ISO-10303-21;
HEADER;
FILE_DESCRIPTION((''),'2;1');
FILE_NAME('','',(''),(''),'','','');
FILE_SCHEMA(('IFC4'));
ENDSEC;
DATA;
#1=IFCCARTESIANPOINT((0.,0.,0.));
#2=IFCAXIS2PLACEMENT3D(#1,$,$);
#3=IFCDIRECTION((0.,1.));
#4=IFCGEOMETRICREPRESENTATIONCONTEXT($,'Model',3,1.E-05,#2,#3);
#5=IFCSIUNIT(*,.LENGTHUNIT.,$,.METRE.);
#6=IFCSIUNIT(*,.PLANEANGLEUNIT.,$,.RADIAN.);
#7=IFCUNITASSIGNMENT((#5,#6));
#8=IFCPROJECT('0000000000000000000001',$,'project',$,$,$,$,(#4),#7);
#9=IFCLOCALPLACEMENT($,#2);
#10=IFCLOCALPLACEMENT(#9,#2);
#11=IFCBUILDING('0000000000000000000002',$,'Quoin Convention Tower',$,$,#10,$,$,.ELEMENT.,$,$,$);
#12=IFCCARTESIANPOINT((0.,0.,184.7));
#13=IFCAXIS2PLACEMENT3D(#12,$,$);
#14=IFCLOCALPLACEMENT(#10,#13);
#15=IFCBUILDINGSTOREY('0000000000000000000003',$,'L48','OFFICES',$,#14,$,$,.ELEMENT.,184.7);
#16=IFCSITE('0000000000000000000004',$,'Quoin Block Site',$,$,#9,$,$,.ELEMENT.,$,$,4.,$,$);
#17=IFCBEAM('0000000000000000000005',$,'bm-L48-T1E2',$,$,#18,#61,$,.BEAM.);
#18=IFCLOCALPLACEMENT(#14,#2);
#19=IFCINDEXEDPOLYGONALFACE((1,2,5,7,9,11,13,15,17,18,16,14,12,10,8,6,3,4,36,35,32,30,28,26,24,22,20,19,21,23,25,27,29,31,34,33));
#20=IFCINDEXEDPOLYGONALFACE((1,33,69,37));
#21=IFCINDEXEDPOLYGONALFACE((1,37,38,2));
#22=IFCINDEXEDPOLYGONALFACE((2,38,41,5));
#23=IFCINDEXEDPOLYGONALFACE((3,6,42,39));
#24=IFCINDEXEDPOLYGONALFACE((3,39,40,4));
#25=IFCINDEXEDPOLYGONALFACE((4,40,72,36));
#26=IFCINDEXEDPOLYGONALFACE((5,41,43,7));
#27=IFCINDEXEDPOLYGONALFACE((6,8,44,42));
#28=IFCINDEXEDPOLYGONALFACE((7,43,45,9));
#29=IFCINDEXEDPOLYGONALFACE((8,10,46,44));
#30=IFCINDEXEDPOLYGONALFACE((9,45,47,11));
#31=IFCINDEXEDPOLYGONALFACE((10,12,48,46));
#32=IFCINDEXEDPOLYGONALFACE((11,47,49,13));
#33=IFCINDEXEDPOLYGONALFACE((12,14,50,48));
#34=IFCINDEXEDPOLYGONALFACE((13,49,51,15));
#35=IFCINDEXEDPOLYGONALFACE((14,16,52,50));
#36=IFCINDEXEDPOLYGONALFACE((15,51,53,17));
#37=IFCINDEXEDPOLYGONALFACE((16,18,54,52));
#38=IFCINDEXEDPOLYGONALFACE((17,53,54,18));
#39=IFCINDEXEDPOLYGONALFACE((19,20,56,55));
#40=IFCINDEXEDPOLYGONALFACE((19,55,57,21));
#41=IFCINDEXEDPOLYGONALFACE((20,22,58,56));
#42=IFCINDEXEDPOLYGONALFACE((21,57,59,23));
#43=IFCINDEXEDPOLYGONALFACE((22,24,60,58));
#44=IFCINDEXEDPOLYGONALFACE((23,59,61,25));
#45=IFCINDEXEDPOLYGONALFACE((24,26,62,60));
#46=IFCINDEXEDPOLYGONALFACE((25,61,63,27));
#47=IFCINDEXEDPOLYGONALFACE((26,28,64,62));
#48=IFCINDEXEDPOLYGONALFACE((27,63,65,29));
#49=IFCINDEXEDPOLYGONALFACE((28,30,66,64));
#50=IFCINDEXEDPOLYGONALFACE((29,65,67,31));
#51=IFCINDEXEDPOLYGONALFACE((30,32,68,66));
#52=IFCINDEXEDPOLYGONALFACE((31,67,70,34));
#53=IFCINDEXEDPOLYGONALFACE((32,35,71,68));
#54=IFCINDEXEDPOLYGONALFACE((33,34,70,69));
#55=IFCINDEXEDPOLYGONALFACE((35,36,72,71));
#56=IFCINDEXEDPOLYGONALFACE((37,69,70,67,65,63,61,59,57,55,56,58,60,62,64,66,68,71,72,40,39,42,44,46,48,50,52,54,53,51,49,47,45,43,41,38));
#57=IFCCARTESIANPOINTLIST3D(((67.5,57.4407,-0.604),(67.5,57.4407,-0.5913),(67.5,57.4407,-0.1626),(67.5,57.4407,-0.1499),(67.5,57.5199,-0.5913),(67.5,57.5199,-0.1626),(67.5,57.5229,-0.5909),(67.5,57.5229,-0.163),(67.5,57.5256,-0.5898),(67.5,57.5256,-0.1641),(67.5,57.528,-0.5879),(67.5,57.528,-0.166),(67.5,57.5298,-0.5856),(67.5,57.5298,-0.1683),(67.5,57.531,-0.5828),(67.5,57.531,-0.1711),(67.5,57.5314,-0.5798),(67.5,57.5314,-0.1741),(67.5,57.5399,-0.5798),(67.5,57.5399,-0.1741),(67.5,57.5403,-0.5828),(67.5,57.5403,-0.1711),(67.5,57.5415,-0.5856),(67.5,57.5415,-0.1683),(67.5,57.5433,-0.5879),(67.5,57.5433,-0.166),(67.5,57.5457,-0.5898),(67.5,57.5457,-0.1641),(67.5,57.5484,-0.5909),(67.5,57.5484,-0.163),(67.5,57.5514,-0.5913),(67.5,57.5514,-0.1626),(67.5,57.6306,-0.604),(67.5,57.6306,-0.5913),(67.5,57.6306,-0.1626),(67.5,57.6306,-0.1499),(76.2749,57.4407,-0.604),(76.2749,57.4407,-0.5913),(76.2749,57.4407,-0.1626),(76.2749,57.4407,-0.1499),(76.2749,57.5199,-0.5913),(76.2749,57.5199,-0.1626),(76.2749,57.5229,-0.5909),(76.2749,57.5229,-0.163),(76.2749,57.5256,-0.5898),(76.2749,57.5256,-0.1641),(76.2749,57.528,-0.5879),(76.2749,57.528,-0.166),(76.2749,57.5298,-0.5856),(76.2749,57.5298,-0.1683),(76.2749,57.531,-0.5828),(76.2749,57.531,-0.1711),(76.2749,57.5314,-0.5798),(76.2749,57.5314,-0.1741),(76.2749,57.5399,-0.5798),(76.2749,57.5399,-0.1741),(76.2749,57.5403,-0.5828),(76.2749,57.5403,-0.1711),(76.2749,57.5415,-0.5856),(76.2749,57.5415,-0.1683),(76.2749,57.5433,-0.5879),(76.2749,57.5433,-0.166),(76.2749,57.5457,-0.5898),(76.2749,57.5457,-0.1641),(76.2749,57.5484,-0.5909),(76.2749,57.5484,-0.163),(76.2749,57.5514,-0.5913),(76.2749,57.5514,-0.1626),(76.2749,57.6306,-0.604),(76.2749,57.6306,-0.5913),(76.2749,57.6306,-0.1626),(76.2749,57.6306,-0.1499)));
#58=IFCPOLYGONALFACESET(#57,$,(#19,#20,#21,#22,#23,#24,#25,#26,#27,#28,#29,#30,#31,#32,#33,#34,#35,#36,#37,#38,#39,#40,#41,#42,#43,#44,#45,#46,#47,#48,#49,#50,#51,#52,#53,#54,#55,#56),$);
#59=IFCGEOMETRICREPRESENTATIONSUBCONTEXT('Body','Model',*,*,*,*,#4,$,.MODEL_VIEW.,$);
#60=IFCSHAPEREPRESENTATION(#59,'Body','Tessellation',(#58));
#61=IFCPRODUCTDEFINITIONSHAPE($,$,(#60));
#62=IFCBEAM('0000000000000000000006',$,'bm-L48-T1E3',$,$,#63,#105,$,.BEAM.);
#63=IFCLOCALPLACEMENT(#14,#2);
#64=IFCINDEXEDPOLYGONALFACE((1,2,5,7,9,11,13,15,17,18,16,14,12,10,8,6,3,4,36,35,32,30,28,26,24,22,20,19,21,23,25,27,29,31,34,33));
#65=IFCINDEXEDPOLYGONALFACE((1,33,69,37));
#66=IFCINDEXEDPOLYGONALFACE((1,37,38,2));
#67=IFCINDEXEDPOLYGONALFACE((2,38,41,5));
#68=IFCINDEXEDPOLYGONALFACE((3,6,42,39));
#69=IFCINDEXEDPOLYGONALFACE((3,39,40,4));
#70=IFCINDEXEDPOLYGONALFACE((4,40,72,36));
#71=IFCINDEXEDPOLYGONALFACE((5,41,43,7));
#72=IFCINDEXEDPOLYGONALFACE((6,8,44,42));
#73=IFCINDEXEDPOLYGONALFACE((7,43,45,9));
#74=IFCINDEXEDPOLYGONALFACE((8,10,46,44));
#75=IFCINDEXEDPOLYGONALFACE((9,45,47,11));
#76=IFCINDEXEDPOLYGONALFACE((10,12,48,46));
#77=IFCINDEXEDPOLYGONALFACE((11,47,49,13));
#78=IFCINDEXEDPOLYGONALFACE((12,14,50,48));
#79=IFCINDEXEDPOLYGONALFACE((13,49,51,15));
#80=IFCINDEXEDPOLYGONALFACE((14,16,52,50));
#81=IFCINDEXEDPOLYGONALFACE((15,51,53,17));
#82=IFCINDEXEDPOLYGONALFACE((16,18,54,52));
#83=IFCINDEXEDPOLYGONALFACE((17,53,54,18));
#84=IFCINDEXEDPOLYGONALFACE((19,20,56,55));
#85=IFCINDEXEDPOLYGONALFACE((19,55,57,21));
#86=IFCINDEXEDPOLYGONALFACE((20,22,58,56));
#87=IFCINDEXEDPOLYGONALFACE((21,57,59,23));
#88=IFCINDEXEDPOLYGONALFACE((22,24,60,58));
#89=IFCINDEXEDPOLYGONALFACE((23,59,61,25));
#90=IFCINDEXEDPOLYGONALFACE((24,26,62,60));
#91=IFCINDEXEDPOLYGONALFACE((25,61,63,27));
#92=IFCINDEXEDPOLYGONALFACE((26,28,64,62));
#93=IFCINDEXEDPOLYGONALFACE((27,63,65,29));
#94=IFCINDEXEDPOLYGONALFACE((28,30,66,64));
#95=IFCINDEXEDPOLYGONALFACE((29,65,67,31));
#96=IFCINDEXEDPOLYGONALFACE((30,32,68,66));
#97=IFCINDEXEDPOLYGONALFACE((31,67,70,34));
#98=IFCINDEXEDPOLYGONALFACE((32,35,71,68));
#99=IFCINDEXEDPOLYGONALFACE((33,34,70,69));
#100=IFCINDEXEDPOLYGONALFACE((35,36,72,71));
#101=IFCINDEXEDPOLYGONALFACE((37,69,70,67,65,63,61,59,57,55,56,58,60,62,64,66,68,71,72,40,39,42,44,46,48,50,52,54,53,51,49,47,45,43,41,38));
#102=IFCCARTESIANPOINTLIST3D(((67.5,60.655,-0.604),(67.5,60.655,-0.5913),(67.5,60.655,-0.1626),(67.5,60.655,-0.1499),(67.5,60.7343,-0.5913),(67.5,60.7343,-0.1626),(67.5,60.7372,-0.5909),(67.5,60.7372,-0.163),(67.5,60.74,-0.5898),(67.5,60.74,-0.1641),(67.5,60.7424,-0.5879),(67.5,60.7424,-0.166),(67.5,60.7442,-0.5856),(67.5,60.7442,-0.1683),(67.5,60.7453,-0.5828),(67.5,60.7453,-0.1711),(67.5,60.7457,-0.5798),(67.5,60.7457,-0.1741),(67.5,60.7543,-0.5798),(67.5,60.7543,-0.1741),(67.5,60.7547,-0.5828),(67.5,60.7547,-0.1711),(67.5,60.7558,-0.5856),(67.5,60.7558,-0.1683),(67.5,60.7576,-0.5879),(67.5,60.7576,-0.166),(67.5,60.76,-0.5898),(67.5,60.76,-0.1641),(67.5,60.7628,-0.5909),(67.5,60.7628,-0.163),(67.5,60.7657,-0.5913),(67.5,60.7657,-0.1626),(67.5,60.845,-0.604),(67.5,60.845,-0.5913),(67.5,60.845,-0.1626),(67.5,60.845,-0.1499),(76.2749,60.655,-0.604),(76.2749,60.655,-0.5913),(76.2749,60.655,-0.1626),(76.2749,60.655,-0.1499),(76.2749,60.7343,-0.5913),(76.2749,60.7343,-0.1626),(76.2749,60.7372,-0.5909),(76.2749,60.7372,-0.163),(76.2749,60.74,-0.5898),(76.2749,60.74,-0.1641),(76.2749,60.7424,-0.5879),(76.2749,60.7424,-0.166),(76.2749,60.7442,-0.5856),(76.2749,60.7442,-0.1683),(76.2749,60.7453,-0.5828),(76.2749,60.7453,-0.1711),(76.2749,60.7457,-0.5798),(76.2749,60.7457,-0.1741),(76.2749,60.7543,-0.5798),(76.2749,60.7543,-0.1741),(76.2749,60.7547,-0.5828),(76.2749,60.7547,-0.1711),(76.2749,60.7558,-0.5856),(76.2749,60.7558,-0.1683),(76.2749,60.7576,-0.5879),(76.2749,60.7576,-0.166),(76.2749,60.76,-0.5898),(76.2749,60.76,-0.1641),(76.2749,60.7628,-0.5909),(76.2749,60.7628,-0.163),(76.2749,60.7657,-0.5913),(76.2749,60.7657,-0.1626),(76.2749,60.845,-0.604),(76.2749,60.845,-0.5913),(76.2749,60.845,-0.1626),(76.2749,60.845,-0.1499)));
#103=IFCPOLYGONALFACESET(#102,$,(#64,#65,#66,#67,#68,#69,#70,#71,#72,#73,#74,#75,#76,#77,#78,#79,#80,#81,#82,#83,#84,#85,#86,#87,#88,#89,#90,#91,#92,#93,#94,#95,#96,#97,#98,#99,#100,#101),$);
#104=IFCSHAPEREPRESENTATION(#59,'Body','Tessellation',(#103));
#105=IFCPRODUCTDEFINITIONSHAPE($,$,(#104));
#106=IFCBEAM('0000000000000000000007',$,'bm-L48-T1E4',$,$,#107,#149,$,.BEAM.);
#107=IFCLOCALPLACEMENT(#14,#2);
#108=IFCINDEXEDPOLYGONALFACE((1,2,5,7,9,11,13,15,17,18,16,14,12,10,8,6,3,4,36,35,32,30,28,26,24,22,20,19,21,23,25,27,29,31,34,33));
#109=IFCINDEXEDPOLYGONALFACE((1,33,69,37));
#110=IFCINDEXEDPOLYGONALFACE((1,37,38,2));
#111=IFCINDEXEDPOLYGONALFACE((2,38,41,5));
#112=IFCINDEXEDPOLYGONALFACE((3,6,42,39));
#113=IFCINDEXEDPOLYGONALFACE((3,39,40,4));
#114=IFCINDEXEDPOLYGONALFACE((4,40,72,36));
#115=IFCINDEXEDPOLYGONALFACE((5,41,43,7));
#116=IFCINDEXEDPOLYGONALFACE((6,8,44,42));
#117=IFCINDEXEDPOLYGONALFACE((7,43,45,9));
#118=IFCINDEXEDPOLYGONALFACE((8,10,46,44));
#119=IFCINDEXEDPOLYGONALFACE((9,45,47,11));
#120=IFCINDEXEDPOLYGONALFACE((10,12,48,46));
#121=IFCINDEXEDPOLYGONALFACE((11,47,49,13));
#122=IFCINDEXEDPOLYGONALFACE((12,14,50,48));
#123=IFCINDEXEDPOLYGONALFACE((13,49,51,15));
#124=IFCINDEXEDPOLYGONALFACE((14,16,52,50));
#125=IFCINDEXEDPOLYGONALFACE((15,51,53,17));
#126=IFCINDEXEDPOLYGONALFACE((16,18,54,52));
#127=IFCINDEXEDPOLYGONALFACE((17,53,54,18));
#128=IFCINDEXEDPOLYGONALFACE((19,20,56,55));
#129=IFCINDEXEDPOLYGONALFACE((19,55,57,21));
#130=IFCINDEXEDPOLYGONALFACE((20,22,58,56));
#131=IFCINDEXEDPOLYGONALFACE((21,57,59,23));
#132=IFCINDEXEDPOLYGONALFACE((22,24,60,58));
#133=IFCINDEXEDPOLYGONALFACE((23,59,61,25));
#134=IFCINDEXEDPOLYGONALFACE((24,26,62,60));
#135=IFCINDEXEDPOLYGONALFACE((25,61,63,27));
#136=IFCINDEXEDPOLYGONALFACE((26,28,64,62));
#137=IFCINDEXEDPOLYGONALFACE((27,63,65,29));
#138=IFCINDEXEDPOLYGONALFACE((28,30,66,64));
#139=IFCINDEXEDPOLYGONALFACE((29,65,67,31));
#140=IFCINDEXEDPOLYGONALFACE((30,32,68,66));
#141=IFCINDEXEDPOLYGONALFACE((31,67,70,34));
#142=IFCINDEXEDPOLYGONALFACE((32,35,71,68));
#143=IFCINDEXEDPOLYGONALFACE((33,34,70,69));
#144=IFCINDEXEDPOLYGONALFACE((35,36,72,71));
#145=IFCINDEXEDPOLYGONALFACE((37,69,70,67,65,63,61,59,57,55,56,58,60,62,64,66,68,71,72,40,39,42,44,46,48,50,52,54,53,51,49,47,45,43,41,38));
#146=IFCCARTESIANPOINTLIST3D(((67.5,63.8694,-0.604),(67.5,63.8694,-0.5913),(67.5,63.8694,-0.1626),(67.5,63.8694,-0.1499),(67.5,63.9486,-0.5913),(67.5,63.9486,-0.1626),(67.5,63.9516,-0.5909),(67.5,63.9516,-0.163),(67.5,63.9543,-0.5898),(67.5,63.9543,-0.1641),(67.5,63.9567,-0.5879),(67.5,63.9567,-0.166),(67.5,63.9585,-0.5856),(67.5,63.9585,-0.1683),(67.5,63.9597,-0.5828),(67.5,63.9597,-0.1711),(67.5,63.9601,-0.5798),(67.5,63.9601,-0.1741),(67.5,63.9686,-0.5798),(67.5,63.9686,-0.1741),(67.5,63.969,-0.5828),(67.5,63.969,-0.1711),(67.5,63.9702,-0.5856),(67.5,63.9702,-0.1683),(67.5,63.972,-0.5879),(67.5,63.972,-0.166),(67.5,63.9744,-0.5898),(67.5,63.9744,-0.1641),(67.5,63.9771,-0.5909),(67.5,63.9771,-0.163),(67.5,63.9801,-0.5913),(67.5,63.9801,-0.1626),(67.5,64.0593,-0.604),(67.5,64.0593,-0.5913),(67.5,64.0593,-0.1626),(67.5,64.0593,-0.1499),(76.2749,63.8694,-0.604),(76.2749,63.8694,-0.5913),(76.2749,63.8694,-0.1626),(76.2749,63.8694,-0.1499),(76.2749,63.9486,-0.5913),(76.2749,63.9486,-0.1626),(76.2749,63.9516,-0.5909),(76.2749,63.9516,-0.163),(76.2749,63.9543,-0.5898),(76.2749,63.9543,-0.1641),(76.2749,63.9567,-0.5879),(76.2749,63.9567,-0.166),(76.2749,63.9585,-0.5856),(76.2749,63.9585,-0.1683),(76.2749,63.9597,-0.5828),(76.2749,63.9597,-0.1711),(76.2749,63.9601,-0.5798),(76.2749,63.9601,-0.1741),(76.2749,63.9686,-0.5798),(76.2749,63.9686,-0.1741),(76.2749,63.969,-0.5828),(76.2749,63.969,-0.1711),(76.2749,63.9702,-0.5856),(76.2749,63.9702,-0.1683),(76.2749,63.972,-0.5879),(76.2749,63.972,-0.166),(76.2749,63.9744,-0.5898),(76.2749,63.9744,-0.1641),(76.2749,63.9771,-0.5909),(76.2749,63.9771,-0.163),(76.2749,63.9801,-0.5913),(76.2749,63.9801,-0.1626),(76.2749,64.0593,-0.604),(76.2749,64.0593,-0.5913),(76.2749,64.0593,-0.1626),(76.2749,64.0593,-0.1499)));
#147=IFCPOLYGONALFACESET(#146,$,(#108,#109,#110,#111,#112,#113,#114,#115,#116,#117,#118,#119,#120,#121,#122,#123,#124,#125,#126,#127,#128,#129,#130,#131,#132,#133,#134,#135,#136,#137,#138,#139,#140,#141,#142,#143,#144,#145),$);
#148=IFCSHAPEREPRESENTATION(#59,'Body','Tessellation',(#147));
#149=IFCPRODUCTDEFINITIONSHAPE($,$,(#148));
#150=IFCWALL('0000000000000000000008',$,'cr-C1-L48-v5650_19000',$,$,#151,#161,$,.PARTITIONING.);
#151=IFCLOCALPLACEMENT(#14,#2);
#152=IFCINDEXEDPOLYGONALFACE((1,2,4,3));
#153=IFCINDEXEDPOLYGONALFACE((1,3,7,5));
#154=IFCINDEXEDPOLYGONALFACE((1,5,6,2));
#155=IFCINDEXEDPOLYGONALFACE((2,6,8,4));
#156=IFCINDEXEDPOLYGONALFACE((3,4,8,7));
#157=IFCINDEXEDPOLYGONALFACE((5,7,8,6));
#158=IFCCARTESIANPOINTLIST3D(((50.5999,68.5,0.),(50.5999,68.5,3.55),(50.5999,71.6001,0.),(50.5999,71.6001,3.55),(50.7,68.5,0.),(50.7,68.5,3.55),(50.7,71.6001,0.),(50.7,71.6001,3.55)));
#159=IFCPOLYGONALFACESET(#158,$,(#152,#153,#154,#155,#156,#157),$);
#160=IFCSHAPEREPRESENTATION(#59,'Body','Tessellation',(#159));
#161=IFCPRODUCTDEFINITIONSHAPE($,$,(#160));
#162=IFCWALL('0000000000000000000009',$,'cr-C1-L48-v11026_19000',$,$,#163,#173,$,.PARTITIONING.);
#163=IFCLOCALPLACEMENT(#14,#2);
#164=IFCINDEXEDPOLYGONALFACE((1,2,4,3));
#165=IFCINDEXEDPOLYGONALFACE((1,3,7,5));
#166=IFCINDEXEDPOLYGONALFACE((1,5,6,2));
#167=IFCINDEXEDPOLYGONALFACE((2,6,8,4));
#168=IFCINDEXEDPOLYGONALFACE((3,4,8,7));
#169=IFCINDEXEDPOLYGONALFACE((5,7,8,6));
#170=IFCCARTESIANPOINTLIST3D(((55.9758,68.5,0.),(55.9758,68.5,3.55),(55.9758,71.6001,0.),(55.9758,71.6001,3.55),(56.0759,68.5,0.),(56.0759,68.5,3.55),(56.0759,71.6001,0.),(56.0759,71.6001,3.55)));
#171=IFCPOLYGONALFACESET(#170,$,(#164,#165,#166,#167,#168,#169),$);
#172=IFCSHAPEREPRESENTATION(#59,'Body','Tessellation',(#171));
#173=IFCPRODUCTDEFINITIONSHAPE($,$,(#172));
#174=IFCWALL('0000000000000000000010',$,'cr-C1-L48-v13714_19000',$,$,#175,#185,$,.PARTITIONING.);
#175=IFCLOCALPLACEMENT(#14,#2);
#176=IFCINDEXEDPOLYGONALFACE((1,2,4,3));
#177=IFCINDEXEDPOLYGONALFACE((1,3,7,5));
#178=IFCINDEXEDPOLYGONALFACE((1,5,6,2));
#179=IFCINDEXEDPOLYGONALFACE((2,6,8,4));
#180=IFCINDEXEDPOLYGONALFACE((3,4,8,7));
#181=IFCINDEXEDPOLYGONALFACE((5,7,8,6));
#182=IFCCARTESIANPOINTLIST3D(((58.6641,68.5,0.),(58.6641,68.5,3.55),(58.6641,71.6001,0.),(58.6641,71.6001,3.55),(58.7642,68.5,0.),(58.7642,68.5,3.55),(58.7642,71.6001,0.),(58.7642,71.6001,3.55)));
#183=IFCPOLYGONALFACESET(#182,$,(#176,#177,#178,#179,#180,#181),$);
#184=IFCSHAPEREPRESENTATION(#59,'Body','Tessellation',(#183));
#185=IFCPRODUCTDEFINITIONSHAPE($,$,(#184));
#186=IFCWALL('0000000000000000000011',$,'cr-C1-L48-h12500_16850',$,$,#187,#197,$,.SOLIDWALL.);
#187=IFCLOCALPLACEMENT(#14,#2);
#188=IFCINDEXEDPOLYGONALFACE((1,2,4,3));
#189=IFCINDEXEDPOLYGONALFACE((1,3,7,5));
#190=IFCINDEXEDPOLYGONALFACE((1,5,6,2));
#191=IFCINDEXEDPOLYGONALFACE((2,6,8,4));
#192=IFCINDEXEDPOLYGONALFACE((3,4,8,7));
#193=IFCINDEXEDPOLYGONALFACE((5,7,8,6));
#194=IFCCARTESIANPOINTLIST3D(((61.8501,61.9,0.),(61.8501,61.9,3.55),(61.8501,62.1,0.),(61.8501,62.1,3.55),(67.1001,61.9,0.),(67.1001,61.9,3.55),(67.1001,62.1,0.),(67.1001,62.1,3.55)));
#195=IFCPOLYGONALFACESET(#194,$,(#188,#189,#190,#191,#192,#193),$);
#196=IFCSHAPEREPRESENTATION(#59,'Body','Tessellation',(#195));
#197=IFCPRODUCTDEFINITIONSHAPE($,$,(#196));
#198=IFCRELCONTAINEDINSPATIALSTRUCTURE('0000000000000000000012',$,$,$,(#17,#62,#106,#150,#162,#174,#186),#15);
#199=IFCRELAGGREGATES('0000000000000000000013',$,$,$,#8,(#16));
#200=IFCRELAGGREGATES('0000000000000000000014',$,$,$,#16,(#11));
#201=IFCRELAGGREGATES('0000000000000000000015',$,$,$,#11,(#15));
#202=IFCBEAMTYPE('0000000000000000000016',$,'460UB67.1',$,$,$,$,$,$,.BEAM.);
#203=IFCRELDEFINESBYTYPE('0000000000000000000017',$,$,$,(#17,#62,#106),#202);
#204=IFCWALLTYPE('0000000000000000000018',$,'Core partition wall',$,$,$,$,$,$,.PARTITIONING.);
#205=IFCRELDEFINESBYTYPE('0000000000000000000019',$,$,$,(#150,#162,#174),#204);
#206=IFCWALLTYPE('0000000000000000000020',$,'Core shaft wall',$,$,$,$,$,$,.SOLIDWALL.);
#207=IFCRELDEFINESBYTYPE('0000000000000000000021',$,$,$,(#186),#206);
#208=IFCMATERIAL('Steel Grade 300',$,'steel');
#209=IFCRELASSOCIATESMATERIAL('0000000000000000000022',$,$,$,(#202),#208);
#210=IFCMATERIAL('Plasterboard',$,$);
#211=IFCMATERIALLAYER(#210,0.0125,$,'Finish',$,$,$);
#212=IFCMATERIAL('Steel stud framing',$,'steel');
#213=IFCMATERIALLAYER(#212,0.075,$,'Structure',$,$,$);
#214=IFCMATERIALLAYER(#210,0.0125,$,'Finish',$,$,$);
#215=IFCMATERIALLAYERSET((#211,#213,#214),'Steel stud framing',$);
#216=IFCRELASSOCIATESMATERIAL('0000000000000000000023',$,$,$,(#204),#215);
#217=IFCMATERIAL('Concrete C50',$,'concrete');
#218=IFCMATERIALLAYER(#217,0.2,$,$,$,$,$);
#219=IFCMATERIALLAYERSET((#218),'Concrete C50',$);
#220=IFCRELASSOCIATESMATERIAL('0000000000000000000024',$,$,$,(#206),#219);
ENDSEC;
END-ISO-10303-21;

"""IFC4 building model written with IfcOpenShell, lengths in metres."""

from ifc_helpers import new_model, si_unit, direction, frame, frame_2d, origin, origin_2d, place, context, subcontext, project, spatial, rectangle, i_section, extrude, material, layer, layer_set, material_profile, profile_set, type_object, element, save


model = new_model("IFC4")

# Units and contexts
model_context = context("Model", 3, precision=1e-05, world=origin(), true_north=direction((0.0, 1.0)))
body_context = subcontext(model_context, "Body", "Model", "MODEL_VIEW")
ifc_project = project(units=[si_unit("LENGTHUNIT", "METRE"), si_unit("PLANEANGLEUNIT", "RADIAN")], contexts=[model_context])

# Site, building, storey
site_placement = place(None, origin())
site = spatial("IfcSite", under=ifc_project, at=site_placement, Name="Quoin Block Site", CompositionType="ELEMENT", RefElevation=4.0)
building_placement = place(site_placement, origin())
building = spatial("IfcBuilding", under=site, at=building_placement, Name="Quoin Convention Tower", CompositionType="ELEMENT")
storey_placement = place(building_placement, frame((0.0, 0.0, 184.7)))
storey = spatial("IfcBuildingStorey", under=building, at=storey_placement, Name="L48", Description="OFFICES", CompositionType="ELEMENT", Elevation=184.7)

# Beams
ifc_material_1 = material(Name="Steel Grade 300", Category="steel")
ifc_material_profile = material_profile(ifc_material_1, i_section(OverallWidth=0.1899, OverallDepth=0.4541, WebThickness=0.0085, FlangeThickness=0.0127, FilletRadius=0.0115, at=origin_2d()), Name="460UB67.1")
ifc_profile_set = profile_set([ifc_material_profile], Name="Steel Grade 300")
beam_type = type_object("IfcBeamType", Name="460UB67.1", PredefinedType="BEAM", material=ifc_profile_set)
for number, where, z_axis, x_axis, name in (
    (1, (67.5, 57.5356, -0.377), (1.0, 0.0, 0.0), (0.0, 1.0, 0.0), "bm-L48-T1E2"),
    (2, (67.5, 60.75, -0.377), (1.0, 0.0, 0.0), (0.0, 1.0, 0.0), "bm-L48-T1E3"),
    (3, (67.5, 63.9644, -0.377), (1.0, 0.0, 0.0), (0.0, 1.0, 0.0), "bm-L48-T1E4"),
):
    element("IfcBeam", number, at=place(storey_placement, frame(where, z_axis=z_axis, x_axis=x_axis)), inside=storey, type_object=beam_type, Name=name, PredefinedType="BEAM", context=body_context, shape_type="SweptSolid", body=[
        extrude(i_section(OverallWidth=0.1899, OverallDepth=0.4541, WebThickness=0.0085, FlangeThickness=0.0127, FilletRadius=0.0115, at=origin_2d()), origin(), (0.0, 0.0, 1.0), 8.7749),
    ])

# Walls
ifc_material_2 = material(Name="Plasterboard")
ifc_layer_1 = layer(ifc_material_2, 0.0125, Name="Finish")
ifc_material_3 = material(Name="Steel stud framing", Category="steel")
ifc_layer_2 = layer(ifc_material_3, 0.075, Name="Structure")
ifc_layer_3 = layer(ifc_material_2, 0.0125, Name="Finish")
ifc_layer_set_1 = layer_set([ifc_layer_1, ifc_layer_2, ifc_layer_3], Name="Steel stud framing")
wall_type_1 = type_object("IfcWallType", Name="Core partition wall", PredefinedType="PARTITIONING", material=ifc_layer_set_1)
for number, where, z_axis, x_axis, name in (
    (4, (50.6499, 68.5, 0.0), (0.0, 0.0, 1.0), (0.0, 1.0, 0.0), "cr-C1-L48-v5650_19000"),
    (5, (56.0259, 68.5, 0.0), (0.0, 0.0, 1.0), (0.0, 1.0, 0.0), "cr-C1-L48-v11026_19000"),
    (6, (58.7141, 68.5, 0.0), (0.0, 0.0, 1.0), (0.0, 1.0, 0.0), "cr-C1-L48-v13714_19000"),
):
    element("IfcWall", number, at=place(storey_placement, frame(where, z_axis=z_axis, x_axis=x_axis)), inside=storey, type_object=wall_type_1, Name=name, PredefinedType="PARTITIONING", context=body_context, shape_type="SweptSolid", body=[
        extrude(rectangle(XDim=3.1001, YDim=0.1001, at=frame_2d((1.55, 0.0))), origin(), (0.0, 0.0, 1.0), 3.55),
    ])
ifc_material_4 = material(Name="Concrete C50", Category="concrete")
ifc_layer_4 = layer(ifc_material_4, 0.2)
ifc_layer_set_2 = layer_set([ifc_layer_4], Name="Concrete C50")
wall_type_2 = type_object("IfcWallType", Name="Core shaft wall", PredefinedType="SOLIDWALL", material=ifc_layer_set_2)
wall_1_placement = place(storey_placement, frame((61.8501, 62.0, 0.0), z_axis=(0.0, 0.0, 1.0), x_axis=(1.0, 0.0, 0.0)))
element("IfcWall", 7, at=wall_1_placement, inside=storey, type_object=wall_type_2, Name="cr-C1-L48-h12500_16850", PredefinedType="SOLIDWALL", context=body_context, shape_type="SweptSolid", body=[
    extrude(rectangle(XDim=5.25, YDim=0.2, at=frame_2d((2.625, 0.0))), origin(), (0.0, 0.0, 1.0), 3.55),
])

save(model, "model.ifc")
